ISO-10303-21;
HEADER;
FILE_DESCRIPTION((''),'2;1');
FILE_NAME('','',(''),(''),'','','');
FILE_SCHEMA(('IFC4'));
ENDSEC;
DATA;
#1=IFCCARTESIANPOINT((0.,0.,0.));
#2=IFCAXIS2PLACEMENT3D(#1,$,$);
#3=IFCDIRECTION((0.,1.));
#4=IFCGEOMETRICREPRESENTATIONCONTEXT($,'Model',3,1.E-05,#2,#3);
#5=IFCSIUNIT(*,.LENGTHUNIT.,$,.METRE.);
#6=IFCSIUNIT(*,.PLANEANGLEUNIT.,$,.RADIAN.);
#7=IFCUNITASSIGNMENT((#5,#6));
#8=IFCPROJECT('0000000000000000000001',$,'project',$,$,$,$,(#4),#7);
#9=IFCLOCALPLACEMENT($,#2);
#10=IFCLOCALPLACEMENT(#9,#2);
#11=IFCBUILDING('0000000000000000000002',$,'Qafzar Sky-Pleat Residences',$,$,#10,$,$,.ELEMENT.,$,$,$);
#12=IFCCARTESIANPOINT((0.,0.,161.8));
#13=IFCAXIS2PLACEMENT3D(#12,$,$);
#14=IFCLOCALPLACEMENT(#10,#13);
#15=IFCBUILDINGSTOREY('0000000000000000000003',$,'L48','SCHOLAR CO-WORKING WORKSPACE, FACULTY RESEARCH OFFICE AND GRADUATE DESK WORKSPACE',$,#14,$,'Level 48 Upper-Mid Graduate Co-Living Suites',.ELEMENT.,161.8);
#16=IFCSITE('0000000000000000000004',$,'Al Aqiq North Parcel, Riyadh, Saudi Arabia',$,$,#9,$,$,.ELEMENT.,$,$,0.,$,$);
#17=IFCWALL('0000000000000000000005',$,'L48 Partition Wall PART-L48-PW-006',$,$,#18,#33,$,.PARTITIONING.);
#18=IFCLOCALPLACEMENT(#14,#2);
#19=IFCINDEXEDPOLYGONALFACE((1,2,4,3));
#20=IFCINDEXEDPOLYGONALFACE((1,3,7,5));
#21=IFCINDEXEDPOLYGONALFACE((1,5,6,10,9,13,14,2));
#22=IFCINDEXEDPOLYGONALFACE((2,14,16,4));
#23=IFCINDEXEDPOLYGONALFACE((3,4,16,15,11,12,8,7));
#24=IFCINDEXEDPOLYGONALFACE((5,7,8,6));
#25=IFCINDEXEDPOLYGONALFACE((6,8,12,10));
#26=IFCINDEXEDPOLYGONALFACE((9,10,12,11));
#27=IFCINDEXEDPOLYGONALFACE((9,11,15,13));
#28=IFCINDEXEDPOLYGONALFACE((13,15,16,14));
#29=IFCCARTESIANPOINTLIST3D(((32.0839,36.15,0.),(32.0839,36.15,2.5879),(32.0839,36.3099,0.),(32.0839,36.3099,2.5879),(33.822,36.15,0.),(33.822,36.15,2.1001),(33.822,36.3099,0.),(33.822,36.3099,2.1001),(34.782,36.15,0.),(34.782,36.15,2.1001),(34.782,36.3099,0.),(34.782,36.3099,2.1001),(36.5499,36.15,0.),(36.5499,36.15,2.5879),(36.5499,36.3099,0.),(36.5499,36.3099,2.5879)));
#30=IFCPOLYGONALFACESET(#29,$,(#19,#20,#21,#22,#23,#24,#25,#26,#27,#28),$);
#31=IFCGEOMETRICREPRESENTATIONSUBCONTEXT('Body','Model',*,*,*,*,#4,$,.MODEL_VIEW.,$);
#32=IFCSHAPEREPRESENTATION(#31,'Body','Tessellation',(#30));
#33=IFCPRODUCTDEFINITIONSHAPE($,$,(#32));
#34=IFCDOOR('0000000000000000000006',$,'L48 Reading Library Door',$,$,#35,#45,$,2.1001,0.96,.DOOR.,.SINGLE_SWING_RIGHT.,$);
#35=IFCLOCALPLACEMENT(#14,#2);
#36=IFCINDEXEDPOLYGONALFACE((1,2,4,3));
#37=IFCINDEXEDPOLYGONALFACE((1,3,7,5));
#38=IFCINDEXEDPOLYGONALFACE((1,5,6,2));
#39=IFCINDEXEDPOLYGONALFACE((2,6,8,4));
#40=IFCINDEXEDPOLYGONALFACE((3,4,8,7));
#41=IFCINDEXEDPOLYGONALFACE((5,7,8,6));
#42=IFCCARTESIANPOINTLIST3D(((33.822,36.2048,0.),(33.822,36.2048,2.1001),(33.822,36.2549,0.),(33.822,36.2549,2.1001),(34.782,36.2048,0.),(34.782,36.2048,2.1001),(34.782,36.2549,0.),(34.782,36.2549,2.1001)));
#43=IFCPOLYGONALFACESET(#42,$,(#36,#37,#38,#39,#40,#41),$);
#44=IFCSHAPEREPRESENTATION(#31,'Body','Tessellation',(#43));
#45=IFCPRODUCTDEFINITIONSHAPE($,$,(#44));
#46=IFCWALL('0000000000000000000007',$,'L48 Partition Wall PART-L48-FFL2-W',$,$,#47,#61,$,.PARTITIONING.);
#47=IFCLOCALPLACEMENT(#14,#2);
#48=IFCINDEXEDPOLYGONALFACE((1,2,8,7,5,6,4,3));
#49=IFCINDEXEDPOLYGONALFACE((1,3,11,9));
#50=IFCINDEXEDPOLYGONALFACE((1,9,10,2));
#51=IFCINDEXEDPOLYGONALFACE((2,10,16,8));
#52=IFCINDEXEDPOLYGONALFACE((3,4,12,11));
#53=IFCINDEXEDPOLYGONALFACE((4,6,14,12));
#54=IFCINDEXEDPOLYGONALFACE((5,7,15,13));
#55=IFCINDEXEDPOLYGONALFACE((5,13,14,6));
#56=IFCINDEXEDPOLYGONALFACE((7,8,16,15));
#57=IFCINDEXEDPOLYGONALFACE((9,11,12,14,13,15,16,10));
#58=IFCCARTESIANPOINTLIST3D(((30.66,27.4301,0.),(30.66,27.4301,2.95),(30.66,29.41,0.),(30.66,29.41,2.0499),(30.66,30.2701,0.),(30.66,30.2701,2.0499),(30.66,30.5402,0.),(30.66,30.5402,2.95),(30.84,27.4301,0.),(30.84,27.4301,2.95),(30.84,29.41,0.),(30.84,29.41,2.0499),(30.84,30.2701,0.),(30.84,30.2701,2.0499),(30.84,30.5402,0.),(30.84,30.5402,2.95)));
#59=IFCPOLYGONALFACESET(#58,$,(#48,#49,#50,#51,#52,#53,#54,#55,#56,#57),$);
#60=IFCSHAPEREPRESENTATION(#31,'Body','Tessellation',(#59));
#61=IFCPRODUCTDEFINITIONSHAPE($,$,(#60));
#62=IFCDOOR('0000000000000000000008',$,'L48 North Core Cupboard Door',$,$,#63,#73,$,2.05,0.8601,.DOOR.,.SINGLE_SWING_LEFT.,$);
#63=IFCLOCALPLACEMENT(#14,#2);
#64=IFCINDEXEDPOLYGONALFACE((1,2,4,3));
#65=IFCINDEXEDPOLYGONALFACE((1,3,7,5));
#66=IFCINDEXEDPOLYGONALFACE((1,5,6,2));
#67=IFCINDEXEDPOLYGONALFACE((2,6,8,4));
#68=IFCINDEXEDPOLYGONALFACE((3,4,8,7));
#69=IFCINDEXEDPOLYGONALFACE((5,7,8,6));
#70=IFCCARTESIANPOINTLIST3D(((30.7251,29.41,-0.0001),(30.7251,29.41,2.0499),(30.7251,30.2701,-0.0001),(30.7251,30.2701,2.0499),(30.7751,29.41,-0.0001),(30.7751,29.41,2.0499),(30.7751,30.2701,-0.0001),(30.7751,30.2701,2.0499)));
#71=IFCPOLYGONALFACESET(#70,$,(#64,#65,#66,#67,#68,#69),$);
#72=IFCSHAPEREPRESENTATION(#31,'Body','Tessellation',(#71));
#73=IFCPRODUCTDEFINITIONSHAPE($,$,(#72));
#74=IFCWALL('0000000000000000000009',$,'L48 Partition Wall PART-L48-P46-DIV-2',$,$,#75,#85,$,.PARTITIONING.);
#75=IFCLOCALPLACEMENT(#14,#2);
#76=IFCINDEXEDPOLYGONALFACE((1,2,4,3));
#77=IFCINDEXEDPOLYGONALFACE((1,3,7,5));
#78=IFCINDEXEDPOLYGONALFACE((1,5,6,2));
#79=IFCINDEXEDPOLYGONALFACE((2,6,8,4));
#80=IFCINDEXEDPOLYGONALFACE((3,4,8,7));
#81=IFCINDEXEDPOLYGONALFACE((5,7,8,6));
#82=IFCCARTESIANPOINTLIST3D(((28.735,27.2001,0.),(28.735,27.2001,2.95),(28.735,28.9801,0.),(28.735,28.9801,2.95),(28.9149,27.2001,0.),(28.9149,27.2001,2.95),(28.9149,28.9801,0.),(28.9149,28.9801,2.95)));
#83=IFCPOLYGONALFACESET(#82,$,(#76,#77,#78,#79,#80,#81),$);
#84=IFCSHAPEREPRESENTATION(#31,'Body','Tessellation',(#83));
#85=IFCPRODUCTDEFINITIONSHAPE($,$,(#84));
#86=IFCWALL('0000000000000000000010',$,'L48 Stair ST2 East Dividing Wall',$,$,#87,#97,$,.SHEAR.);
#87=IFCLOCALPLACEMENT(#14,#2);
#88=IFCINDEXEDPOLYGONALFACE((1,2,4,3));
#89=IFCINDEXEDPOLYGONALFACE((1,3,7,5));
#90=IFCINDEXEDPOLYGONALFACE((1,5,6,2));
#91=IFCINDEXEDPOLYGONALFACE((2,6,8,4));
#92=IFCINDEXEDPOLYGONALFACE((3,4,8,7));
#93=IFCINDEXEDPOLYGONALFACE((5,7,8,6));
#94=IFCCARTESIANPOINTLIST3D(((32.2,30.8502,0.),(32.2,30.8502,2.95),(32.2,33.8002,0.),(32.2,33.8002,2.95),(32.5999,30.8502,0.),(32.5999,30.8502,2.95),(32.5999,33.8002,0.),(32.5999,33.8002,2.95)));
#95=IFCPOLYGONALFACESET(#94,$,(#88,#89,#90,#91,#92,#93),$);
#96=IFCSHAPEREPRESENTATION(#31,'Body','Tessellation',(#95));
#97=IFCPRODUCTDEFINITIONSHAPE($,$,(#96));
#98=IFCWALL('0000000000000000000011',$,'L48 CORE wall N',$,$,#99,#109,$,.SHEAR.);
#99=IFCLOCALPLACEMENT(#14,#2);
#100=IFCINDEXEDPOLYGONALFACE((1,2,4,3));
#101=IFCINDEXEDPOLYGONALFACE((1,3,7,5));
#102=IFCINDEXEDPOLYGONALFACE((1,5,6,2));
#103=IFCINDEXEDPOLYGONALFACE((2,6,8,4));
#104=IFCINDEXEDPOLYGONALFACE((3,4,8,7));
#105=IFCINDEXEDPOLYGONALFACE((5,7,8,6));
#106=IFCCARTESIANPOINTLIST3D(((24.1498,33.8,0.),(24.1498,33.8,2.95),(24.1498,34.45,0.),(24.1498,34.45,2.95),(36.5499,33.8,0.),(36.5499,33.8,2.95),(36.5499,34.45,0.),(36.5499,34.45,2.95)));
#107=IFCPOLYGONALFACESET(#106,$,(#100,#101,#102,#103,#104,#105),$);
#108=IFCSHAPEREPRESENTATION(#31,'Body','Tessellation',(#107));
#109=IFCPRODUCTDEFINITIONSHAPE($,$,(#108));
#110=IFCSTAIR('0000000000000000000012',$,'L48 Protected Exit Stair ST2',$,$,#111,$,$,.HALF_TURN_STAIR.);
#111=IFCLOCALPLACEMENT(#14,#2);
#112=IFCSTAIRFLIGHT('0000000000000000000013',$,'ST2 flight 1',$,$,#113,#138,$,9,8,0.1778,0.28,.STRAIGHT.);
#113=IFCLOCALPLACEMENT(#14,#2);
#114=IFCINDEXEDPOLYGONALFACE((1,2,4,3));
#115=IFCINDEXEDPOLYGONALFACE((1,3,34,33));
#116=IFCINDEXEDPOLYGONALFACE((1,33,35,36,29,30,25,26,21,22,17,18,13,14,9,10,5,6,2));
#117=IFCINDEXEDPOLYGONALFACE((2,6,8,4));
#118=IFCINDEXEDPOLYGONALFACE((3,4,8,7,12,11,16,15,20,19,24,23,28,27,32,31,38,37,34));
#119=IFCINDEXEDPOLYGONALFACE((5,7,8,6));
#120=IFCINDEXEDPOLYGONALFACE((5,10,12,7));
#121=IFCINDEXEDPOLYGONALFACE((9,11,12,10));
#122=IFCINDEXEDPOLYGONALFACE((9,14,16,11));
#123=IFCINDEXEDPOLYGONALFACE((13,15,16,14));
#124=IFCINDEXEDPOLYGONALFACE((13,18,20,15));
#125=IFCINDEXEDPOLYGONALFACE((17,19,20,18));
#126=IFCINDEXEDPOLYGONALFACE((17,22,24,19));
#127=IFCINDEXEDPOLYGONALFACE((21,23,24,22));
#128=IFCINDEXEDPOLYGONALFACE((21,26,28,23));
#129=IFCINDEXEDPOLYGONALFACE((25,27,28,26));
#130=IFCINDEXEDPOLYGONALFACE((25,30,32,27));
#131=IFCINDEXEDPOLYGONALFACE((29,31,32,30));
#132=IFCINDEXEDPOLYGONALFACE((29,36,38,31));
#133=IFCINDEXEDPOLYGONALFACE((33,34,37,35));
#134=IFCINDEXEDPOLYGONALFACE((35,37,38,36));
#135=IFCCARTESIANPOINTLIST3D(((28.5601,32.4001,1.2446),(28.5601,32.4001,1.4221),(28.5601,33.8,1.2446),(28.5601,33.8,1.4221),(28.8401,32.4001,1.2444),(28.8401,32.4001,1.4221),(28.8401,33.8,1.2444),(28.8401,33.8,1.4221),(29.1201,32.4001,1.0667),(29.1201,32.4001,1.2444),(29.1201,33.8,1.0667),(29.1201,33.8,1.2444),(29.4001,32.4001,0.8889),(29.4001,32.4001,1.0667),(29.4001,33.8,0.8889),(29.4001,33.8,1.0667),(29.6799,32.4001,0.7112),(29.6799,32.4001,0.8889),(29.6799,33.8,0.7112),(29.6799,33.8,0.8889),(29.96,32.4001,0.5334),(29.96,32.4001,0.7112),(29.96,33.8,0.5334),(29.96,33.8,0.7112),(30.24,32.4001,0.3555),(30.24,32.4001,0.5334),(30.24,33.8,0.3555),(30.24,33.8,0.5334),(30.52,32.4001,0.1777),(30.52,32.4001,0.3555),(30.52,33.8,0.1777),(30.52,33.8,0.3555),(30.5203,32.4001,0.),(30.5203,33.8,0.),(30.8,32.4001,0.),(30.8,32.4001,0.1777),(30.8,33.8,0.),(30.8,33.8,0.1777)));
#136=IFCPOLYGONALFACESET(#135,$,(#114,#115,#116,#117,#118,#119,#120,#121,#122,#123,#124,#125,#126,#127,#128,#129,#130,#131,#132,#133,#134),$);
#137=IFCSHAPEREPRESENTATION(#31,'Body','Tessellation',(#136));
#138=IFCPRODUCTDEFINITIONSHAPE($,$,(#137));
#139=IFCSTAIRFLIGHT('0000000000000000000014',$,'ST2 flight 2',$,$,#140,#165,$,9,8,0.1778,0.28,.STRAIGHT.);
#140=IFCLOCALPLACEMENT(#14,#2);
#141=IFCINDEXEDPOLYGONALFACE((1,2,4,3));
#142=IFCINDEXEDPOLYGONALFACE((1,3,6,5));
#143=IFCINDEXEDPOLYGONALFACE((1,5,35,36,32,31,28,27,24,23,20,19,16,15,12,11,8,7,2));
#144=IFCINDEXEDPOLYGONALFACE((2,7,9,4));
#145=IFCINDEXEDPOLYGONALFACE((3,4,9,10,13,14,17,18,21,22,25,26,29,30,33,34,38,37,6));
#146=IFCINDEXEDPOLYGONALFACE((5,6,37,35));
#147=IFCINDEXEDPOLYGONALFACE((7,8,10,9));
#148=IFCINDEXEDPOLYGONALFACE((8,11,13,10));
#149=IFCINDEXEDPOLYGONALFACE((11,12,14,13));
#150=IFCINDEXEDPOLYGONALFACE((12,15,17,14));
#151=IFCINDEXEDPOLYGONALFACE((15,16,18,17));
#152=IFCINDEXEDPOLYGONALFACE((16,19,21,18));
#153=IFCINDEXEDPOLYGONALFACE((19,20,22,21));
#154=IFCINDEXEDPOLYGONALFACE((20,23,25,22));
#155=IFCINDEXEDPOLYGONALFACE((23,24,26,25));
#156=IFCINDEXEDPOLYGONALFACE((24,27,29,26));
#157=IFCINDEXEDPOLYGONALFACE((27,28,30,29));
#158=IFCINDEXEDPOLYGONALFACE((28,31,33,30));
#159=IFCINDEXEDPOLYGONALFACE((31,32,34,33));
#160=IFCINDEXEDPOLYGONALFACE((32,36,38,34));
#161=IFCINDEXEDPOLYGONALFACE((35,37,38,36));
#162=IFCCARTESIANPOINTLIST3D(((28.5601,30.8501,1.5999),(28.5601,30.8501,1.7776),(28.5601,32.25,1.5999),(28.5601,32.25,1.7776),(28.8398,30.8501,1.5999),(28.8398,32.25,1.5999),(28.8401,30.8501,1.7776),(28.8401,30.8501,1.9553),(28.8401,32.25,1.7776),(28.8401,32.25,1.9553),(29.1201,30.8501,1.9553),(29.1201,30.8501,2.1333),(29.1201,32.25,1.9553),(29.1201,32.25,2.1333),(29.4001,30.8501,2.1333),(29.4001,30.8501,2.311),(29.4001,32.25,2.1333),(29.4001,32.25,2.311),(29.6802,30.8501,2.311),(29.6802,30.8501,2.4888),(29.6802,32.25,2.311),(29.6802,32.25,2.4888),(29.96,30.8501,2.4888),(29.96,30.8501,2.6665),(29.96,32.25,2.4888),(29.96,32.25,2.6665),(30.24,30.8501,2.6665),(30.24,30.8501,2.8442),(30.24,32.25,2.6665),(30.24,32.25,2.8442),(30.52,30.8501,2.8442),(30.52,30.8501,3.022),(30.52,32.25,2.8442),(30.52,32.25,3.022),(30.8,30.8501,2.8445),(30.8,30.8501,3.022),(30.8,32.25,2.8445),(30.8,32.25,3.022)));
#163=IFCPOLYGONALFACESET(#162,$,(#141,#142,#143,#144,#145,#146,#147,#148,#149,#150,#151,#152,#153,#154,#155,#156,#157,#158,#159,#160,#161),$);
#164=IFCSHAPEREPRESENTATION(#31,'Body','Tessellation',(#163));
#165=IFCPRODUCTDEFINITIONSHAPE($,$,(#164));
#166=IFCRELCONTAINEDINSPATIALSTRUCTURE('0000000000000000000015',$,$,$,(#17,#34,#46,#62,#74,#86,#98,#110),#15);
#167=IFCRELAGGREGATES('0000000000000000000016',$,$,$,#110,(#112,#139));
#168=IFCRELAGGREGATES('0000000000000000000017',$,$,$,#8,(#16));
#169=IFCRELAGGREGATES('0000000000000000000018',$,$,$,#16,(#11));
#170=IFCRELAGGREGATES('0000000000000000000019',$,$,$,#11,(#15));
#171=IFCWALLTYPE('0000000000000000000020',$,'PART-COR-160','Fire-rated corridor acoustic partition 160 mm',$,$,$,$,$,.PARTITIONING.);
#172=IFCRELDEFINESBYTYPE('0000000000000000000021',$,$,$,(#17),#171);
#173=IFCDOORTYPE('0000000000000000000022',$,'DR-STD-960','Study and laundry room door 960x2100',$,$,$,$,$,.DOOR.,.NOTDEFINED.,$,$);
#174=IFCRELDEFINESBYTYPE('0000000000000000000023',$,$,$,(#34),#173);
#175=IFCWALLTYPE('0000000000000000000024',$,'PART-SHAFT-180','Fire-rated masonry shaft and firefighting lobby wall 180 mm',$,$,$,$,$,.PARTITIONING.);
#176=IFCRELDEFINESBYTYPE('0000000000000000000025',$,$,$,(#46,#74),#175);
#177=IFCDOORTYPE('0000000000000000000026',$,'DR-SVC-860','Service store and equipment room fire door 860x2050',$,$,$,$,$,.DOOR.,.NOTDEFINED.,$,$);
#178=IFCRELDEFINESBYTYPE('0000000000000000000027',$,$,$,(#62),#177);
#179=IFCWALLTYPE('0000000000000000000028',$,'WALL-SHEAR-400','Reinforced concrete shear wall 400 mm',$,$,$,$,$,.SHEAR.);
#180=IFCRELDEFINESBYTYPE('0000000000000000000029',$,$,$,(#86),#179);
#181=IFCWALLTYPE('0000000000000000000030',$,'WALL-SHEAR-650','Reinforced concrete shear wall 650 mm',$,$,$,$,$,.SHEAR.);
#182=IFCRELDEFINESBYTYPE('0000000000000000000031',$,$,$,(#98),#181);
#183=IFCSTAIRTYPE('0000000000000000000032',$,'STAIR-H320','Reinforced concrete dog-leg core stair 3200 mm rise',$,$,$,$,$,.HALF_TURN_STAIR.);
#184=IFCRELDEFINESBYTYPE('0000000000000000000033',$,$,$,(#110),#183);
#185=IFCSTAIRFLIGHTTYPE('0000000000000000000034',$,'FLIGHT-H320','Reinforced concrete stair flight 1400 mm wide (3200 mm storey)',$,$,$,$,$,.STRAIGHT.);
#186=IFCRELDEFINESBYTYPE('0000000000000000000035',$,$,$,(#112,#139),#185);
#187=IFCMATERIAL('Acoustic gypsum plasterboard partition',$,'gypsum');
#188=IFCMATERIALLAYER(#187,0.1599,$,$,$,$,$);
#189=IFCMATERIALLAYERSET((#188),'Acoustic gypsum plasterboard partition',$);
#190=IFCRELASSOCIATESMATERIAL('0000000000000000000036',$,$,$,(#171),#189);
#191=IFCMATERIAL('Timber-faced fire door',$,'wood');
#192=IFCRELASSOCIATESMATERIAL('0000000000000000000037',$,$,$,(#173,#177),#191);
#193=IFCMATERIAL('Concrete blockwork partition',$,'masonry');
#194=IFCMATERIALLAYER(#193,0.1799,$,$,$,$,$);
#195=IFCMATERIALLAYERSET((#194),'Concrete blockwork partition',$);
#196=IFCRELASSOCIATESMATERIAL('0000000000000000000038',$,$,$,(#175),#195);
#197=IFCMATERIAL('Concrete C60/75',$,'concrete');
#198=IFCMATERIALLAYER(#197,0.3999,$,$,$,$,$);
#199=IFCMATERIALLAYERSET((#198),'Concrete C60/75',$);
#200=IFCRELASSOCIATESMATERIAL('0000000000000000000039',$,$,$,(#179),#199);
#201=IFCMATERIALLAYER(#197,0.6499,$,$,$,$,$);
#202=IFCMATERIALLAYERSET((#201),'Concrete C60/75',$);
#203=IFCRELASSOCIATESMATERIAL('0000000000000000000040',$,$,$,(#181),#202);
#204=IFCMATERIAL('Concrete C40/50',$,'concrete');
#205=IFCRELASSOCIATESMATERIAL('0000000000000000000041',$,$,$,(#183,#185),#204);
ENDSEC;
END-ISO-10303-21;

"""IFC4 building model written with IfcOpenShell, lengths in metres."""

from ifc_helpers import new_model, si_unit, direction, frame, frame_2d, origin, place, context, subcontext, project, spatial, polyline, rectangle, outline, extrude, source, transform, mapped, material, layer, layer_set, type_object, element, fill, aggregate, save


model = new_model("IFC4")

# Units and contexts
model_context = context("Model", 3, precision=1e-05, world=origin(), true_north=direction((0.0, 1.0)))
body_context = subcontext(model_context, "Body", "Model", "MODEL_VIEW")
ifc_project = project(units=[si_unit("LENGTHUNIT", "METRE"), si_unit("PLANEANGLEUNIT", "RADIAN")], contexts=[model_context])

# Site, building, storey
site_placement = place(None, origin())
site = spatial("IfcSite", under=ifc_project, at=site_placement, Name="Al Aqiq North Parcel, Riyadh, Saudi Arabia", CompositionType="ELEMENT", RefElevation=0.0)
building_placement = place(site_placement, origin())
building = spatial("IfcBuilding", under=site, at=building_placement, Name="Qafzar Sky-Pleat Residences", CompositionType="ELEMENT")
storey_placement = place(building_placement, frame((0.0, 0.0, 161.8)))
storey = spatial("IfcBuildingStorey", under=building, at=storey_placement, Name="L48", Description="SCHOLAR CO-WORKING WORKSPACE, FACULTY RESEARCH OFFICE AND GRADUATE DESK WORKSPACE", LongName="Level 48 Upper-Mid Graduate Co-Living Suites", CompositionType="ELEMENT", Elevation=161.8)

# Walls, openings, doors
ifc_material_1 = material(Name="Acoustic gypsum plasterboard partition", Category="gypsum")
ifc_layer_1 = layer(ifc_material_1, 0.1599)
ifc_layer_set_1 = layer_set([ifc_layer_1], Name="Acoustic gypsum plasterboard partition")
wall_type_1 = type_object("IfcWallType", Name="PART-COR-160", Description="Fire-rated corridor acoustic partition 160 mm", PredefinedType="PARTITIONING", material=ifc_layer_set_1)
wall_1_placement = place(storey_placement, frame((32.084, 36.23, 0.0), z_axis=(0.0, 0.0, 1.0), x_axis=(1.0, 0.0, 0.0)))
wall_1 = element("IfcWall", 1, at=wall_1_placement, inside=storey, type_object=wall_type_1, Name="L48 Partition Wall PART-L48-PW-006", PredefinedType="PARTITIONING", context=body_context, shape_type="SweptSolid", body=[
    extrude(rectangle(XDim=4.4661, YDim=0.1599, at=frame_2d((2.2329, 0.0))), origin(), (0.0, 0.0, 1.0), 2.5879),
])
opening_1_placement = place(wall_1_placement, frame((1.738, 0.0, 0.0)))
opening_1 = element("IfcOpeningElement", 2, at=opening_1_placement, cuts=wall_1, PredefinedType="OPENING", context=body_context, shape_type="SweptSolid", body=[
    extrude(rectangle(XDim=0.96, YDim=2.1001, at=frame_2d((0.48, 1.05))), frame((0.0, 0.0898, 0.0), z_axis=(0.0, -1.0, 0.0), x_axis=(1.0, 0.0, 0.0)), (0.0, 0.0, 1.0), 0.1799),
])
ifc_material_2 = material(Name="Timber-faced fire door", Category="wood")
door_type_1 = type_object("IfcDoorType", Name="DR-STD-960", Description="Study and laundry room door 960x2100", OperationType="NOTDEFINED", PredefinedType="DOOR", material=ifc_material_2)
shared_shape_1 = source(origin(), body_context, "Body", "SweptSolid", [
    extrude(rectangle(XDim=0.96, YDim=2.1001, at=frame_2d((0.48, 1.05))), frame((0.0, 0.0249, 0.0), z_axis=(0.0, -1.0, 0.0), x_axis=(1.0, 0.0, 0.0)), (0.0, 0.0, 1.0), 0.05),
])
door_1_placement = place(opening_1_placement, origin())
door_1 = element("IfcDoor", 3, at=door_1_placement, inside=storey, type_object=door_type_1, Name="L48 Reading Library Door", OperationType="SINGLE_SWING_RIGHT", OverallHeight=2.1001, OverallWidth=0.96, PredefinedType="DOOR", context=body_context, shape_type="MappedRepresentation", body=[
    mapped(shared_shape_1, transform((0.0, 0.0, 0.0), x_axis=(1.0, 0.0, 0.0), y_axis=(0.0, 1.0, 0.0), z_axis=(0.0, 0.0, 1.0), scale=1.0)),
])
fill(opening_1, door_1)
ifc_material_3 = material(Name="Concrete blockwork partition", Category="masonry")
ifc_layer_2 = layer(ifc_material_3, 0.1799)
ifc_layer_set_2 = layer_set([ifc_layer_2], Name="Concrete blockwork partition")
wall_type_2 = type_object("IfcWallType", Name="PART-SHAFT-180", Description="Fire-rated masonry shaft and firefighting lobby wall 180 mm", PredefinedType="PARTITIONING", material=ifc_layer_set_2)
wall_2_placement = place(storey_placement, frame((30.75, 27.4299, 0.0), z_axis=(0.0, 0.0, 1.0), x_axis=(0.0, 1.0, 0.0)))
wall_2 = element("IfcWall", 4, at=wall_2_placement, inside=storey, type_object=wall_type_2, Name="L48 Partition Wall PART-L48-FFL2-W", PredefinedType="PARTITIONING", context=body_context, shape_type="SweptSolid", body=[
    extrude(rectangle(XDim=3.1101, YDim=0.1799, at=frame_2d((1.5552, 0.0))), origin(), (0.0, 0.0, 1.0), 2.95),
])
opening_2_placement = place(wall_2_placement, frame((1.98, 0.0, 0.0)))
opening_2 = element("IfcOpeningElement", 5, at=opening_2_placement, cuts=wall_2, PredefinedType="OPENING", context=body_context, shape_type="SweptSolid", body=[
    extrude(rectangle(XDim=0.8601, YDim=2.05, at=frame_2d((0.4302, 1.0249))), frame((0.0, 0.1001, 0.0), z_axis=(0.0, -1.0, 0.0), x_axis=(1.0, 0.0, 0.0)), (0.0, 0.0, 1.0), 0.2),
])
door_type_2 = type_object("IfcDoorType", Name="DR-SVC-860", Description="Service store and equipment room fire door 860x2050", OperationType="NOTDEFINED", PredefinedType="DOOR", material=ifc_material_2)
shared_shape_2 = source(origin(), body_context, "Body", "SweptSolid", [
    extrude(rectangle(XDim=0.8601, YDim=2.05, at=frame_2d((0.4302, 1.0249))), frame((0.0, 0.0249, 0.0), z_axis=(0.0, -1.0, 0.0), x_axis=(1.0, 0.0, 0.0)), (0.0, 0.0, 1.0), 0.05),
])
door_2_placement = place(opening_2_placement, origin())
door_2 = element("IfcDoor", 6, at=door_2_placement, inside=storey, type_object=door_type_2, Name="L48 North Core Cupboard Door", OperationType="SINGLE_SWING_LEFT", OverallHeight=2.05, OverallWidth=0.8601, PredefinedType="DOOR", context=body_context, shape_type="MappedRepresentation", body=[
    mapped(shared_shape_2, transform((0.0, 0.0, 0.0), x_axis=(1.0, 0.0, 0.0), y_axis=(0.0, 1.0, 0.0), z_axis=(0.0, 0.0, 1.0), scale=1.0)),
])
fill(opening_2, door_2)

# Walls
wall_3_placement = place(storey_placement, frame((28.825, 27.2, 0.0), z_axis=(0.0, 0.0, 1.0), x_axis=(0.0, 1.0, 0.0)))
element("IfcWall", 7, at=wall_3_placement, inside=storey, type_object=wall_type_2, Name="L48 Partition Wall PART-L48-P46-DIV-2", PredefinedType="PARTITIONING", context=body_context, shape_type="SweptSolid", body=[
    extrude(rectangle(XDim=1.78, YDim=0.1799, at=frame_2d((0.8901, 0.0))), origin(), (0.0, 0.0, 1.0), 2.95),
])
ifc_material_4 = material(Name="Concrete C60/75", Category="concrete")
ifc_layer_3 = layer(ifc_material_4, 0.3999)
ifc_layer_set_3 = layer_set([ifc_layer_3], Name="Concrete C60/75")
wall_type_3 = type_object("IfcWallType", Name="WALL-SHEAR-400", Description="Reinforced concrete shear wall 400 mm", PredefinedType="SHEAR", material=ifc_layer_set_3)
wall_4_placement = place(storey_placement, frame((32.3999, 30.8501, 0.0), z_axis=(0.0, 0.0, 1.0), x_axis=(0.0, 1.0, 0.0)))
element("IfcWall", 8, at=wall_4_placement, inside=storey, type_object=wall_type_3, Name="L48 Stair ST2 East Dividing Wall", PredefinedType="SHEAR", context=body_context, shape_type="SweptSolid", body=[
    extrude(rectangle(XDim=2.95, YDim=0.3999, at=frame_2d((1.4751, 0.0))), origin(), (0.0, 0.0, 1.0), 2.95),
])
ifc_layer_4 = layer(ifc_material_4, 0.6499)
ifc_layer_set_4 = layer_set([ifc_layer_4], Name="Concrete C60/75")
wall_type_4 = type_object("IfcWallType", Name="WALL-SHEAR-650", Description="Reinforced concrete shear wall 650 mm", PredefinedType="SHEAR", material=ifc_layer_set_4)
wall_5_placement = place(storey_placement, frame((36.55, 34.125, 0.0), z_axis=(0.0, 0.0, 1.0), x_axis=(-1.0, 0.0, 0.0)))
element("IfcWall", 9, at=wall_5_placement, inside=storey, type_object=wall_type_4, Name="L48 CORE wall N", PredefinedType="SHEAR", context=body_context, shape_type="SweptSolid", body=[
    extrude(rectangle(XDim=12.4001, YDim=0.6499, at=frame_2d((6.2002, 0.0))), origin(), (0.0, 0.0, 1.0), 2.95),
])

# Stair, stair flights
ifc_material_5 = material(Name="Concrete C40/50", Category="concrete")
stair_type = type_object("IfcStairType", Name="STAIR-H320", Description="Reinforced concrete dog-leg core stair 3200 mm rise", PredefinedType="HALF_TURN_STAIR", material=ifc_material_5)
stair_placement = place(storey_placement, origin())
stair = element("IfcStair", 10, at=stair_placement, inside=storey, type_object=stair_type, Name="L48 Protected Exit Stair ST2", PredefinedType="HALF_TURN_STAIR")
stair_flight_type = type_object("IfcStairFlightType", Name="FLIGHT-H320", Description="Reinforced concrete stair flight 1400 mm wide (3200 mm storey)", PredefinedType="STRAIGHT", material=ifc_material_5)
shared_shape_3 = source(origin(), body_context, "Body", "SweptSolid", [
    extrude(outline(polyline([(0.0, 0.0), (0.0, 0.1777), (0.28, 0.1777), (0.28, 0.3555), (0.5601, 0.3555), (0.5601, 0.5334), (0.8401, 0.5334), (0.8401, 0.7112), (1.1201, 0.7112), (1.1201, 0.8889), (1.3999, 0.8889), (1.3999, 1.0667), (1.6799, 1.0667), (1.6799, 1.2444), (1.96, 1.2444), (1.96, 1.4221), (2.24, 1.4221), (2.24, 1.6001), (2.24, 1.2446), (0.2798, 0.0), (0.0, 0.0)])), frame((0.0, 0.7, 0.0), z_axis=(0.0, -1.0, 0.0), x_axis=(1.0, 0.0, 0.0)), (0.0, 0.0, 1.0), 1.3999),
])
stair_flight_1_placement = place(storey_placement, frame((30.8, 33.1001, 0.0), z_axis=(0.0, 0.0, 1.0), x_axis=(-1.0, 0.0, 0.0)))
stair_flight_1 = element("IfcStairFlight", 11, at=stair_flight_1_placement, type_object=stair_flight_type, Name="ST2 flight 1", NumberOfRisers=9, NumberOfTreads=8, PredefinedType="STRAIGHT", RiserHeight=0.1778, TreadLength=0.28, context=body_context, shape_type="MappedRepresentation", body=[
    mapped(shared_shape_3, transform((0.0, 0.0, 0.0), x_axis=(1.0, 0.0, 0.0), y_axis=(0.0, 1.0, 0.0), z_axis=(0.0, 0.0, 1.0), scale=1.0)),
])
stair_flight_2_placement = place(storey_placement, frame((28.5601, 31.55, 1.5999), z_axis=(0.0, 0.0, 1.0), x_axis=(1.0, 0.0, 0.0)))
stair_flight_2 = element("IfcStairFlight", 12, at=stair_flight_2_placement, type_object=stair_flight_type, Name="ST2 flight 2", NumberOfRisers=9, NumberOfTreads=8, PredefinedType="STRAIGHT", RiserHeight=0.1778, TreadLength=0.28, context=body_context, shape_type="MappedRepresentation", body=[
    mapped(shared_shape_3, transform((0.0, 0.0, 0.0), x_axis=(1.0, 0.0, 0.0), y_axis=(0.0, 1.0, 0.0), z_axis=(0.0, 0.0, 1.0), scale=1.0)),
])
aggregate(stair, [stair_flight_1, stair_flight_2])

save(model, "model.ifc")
